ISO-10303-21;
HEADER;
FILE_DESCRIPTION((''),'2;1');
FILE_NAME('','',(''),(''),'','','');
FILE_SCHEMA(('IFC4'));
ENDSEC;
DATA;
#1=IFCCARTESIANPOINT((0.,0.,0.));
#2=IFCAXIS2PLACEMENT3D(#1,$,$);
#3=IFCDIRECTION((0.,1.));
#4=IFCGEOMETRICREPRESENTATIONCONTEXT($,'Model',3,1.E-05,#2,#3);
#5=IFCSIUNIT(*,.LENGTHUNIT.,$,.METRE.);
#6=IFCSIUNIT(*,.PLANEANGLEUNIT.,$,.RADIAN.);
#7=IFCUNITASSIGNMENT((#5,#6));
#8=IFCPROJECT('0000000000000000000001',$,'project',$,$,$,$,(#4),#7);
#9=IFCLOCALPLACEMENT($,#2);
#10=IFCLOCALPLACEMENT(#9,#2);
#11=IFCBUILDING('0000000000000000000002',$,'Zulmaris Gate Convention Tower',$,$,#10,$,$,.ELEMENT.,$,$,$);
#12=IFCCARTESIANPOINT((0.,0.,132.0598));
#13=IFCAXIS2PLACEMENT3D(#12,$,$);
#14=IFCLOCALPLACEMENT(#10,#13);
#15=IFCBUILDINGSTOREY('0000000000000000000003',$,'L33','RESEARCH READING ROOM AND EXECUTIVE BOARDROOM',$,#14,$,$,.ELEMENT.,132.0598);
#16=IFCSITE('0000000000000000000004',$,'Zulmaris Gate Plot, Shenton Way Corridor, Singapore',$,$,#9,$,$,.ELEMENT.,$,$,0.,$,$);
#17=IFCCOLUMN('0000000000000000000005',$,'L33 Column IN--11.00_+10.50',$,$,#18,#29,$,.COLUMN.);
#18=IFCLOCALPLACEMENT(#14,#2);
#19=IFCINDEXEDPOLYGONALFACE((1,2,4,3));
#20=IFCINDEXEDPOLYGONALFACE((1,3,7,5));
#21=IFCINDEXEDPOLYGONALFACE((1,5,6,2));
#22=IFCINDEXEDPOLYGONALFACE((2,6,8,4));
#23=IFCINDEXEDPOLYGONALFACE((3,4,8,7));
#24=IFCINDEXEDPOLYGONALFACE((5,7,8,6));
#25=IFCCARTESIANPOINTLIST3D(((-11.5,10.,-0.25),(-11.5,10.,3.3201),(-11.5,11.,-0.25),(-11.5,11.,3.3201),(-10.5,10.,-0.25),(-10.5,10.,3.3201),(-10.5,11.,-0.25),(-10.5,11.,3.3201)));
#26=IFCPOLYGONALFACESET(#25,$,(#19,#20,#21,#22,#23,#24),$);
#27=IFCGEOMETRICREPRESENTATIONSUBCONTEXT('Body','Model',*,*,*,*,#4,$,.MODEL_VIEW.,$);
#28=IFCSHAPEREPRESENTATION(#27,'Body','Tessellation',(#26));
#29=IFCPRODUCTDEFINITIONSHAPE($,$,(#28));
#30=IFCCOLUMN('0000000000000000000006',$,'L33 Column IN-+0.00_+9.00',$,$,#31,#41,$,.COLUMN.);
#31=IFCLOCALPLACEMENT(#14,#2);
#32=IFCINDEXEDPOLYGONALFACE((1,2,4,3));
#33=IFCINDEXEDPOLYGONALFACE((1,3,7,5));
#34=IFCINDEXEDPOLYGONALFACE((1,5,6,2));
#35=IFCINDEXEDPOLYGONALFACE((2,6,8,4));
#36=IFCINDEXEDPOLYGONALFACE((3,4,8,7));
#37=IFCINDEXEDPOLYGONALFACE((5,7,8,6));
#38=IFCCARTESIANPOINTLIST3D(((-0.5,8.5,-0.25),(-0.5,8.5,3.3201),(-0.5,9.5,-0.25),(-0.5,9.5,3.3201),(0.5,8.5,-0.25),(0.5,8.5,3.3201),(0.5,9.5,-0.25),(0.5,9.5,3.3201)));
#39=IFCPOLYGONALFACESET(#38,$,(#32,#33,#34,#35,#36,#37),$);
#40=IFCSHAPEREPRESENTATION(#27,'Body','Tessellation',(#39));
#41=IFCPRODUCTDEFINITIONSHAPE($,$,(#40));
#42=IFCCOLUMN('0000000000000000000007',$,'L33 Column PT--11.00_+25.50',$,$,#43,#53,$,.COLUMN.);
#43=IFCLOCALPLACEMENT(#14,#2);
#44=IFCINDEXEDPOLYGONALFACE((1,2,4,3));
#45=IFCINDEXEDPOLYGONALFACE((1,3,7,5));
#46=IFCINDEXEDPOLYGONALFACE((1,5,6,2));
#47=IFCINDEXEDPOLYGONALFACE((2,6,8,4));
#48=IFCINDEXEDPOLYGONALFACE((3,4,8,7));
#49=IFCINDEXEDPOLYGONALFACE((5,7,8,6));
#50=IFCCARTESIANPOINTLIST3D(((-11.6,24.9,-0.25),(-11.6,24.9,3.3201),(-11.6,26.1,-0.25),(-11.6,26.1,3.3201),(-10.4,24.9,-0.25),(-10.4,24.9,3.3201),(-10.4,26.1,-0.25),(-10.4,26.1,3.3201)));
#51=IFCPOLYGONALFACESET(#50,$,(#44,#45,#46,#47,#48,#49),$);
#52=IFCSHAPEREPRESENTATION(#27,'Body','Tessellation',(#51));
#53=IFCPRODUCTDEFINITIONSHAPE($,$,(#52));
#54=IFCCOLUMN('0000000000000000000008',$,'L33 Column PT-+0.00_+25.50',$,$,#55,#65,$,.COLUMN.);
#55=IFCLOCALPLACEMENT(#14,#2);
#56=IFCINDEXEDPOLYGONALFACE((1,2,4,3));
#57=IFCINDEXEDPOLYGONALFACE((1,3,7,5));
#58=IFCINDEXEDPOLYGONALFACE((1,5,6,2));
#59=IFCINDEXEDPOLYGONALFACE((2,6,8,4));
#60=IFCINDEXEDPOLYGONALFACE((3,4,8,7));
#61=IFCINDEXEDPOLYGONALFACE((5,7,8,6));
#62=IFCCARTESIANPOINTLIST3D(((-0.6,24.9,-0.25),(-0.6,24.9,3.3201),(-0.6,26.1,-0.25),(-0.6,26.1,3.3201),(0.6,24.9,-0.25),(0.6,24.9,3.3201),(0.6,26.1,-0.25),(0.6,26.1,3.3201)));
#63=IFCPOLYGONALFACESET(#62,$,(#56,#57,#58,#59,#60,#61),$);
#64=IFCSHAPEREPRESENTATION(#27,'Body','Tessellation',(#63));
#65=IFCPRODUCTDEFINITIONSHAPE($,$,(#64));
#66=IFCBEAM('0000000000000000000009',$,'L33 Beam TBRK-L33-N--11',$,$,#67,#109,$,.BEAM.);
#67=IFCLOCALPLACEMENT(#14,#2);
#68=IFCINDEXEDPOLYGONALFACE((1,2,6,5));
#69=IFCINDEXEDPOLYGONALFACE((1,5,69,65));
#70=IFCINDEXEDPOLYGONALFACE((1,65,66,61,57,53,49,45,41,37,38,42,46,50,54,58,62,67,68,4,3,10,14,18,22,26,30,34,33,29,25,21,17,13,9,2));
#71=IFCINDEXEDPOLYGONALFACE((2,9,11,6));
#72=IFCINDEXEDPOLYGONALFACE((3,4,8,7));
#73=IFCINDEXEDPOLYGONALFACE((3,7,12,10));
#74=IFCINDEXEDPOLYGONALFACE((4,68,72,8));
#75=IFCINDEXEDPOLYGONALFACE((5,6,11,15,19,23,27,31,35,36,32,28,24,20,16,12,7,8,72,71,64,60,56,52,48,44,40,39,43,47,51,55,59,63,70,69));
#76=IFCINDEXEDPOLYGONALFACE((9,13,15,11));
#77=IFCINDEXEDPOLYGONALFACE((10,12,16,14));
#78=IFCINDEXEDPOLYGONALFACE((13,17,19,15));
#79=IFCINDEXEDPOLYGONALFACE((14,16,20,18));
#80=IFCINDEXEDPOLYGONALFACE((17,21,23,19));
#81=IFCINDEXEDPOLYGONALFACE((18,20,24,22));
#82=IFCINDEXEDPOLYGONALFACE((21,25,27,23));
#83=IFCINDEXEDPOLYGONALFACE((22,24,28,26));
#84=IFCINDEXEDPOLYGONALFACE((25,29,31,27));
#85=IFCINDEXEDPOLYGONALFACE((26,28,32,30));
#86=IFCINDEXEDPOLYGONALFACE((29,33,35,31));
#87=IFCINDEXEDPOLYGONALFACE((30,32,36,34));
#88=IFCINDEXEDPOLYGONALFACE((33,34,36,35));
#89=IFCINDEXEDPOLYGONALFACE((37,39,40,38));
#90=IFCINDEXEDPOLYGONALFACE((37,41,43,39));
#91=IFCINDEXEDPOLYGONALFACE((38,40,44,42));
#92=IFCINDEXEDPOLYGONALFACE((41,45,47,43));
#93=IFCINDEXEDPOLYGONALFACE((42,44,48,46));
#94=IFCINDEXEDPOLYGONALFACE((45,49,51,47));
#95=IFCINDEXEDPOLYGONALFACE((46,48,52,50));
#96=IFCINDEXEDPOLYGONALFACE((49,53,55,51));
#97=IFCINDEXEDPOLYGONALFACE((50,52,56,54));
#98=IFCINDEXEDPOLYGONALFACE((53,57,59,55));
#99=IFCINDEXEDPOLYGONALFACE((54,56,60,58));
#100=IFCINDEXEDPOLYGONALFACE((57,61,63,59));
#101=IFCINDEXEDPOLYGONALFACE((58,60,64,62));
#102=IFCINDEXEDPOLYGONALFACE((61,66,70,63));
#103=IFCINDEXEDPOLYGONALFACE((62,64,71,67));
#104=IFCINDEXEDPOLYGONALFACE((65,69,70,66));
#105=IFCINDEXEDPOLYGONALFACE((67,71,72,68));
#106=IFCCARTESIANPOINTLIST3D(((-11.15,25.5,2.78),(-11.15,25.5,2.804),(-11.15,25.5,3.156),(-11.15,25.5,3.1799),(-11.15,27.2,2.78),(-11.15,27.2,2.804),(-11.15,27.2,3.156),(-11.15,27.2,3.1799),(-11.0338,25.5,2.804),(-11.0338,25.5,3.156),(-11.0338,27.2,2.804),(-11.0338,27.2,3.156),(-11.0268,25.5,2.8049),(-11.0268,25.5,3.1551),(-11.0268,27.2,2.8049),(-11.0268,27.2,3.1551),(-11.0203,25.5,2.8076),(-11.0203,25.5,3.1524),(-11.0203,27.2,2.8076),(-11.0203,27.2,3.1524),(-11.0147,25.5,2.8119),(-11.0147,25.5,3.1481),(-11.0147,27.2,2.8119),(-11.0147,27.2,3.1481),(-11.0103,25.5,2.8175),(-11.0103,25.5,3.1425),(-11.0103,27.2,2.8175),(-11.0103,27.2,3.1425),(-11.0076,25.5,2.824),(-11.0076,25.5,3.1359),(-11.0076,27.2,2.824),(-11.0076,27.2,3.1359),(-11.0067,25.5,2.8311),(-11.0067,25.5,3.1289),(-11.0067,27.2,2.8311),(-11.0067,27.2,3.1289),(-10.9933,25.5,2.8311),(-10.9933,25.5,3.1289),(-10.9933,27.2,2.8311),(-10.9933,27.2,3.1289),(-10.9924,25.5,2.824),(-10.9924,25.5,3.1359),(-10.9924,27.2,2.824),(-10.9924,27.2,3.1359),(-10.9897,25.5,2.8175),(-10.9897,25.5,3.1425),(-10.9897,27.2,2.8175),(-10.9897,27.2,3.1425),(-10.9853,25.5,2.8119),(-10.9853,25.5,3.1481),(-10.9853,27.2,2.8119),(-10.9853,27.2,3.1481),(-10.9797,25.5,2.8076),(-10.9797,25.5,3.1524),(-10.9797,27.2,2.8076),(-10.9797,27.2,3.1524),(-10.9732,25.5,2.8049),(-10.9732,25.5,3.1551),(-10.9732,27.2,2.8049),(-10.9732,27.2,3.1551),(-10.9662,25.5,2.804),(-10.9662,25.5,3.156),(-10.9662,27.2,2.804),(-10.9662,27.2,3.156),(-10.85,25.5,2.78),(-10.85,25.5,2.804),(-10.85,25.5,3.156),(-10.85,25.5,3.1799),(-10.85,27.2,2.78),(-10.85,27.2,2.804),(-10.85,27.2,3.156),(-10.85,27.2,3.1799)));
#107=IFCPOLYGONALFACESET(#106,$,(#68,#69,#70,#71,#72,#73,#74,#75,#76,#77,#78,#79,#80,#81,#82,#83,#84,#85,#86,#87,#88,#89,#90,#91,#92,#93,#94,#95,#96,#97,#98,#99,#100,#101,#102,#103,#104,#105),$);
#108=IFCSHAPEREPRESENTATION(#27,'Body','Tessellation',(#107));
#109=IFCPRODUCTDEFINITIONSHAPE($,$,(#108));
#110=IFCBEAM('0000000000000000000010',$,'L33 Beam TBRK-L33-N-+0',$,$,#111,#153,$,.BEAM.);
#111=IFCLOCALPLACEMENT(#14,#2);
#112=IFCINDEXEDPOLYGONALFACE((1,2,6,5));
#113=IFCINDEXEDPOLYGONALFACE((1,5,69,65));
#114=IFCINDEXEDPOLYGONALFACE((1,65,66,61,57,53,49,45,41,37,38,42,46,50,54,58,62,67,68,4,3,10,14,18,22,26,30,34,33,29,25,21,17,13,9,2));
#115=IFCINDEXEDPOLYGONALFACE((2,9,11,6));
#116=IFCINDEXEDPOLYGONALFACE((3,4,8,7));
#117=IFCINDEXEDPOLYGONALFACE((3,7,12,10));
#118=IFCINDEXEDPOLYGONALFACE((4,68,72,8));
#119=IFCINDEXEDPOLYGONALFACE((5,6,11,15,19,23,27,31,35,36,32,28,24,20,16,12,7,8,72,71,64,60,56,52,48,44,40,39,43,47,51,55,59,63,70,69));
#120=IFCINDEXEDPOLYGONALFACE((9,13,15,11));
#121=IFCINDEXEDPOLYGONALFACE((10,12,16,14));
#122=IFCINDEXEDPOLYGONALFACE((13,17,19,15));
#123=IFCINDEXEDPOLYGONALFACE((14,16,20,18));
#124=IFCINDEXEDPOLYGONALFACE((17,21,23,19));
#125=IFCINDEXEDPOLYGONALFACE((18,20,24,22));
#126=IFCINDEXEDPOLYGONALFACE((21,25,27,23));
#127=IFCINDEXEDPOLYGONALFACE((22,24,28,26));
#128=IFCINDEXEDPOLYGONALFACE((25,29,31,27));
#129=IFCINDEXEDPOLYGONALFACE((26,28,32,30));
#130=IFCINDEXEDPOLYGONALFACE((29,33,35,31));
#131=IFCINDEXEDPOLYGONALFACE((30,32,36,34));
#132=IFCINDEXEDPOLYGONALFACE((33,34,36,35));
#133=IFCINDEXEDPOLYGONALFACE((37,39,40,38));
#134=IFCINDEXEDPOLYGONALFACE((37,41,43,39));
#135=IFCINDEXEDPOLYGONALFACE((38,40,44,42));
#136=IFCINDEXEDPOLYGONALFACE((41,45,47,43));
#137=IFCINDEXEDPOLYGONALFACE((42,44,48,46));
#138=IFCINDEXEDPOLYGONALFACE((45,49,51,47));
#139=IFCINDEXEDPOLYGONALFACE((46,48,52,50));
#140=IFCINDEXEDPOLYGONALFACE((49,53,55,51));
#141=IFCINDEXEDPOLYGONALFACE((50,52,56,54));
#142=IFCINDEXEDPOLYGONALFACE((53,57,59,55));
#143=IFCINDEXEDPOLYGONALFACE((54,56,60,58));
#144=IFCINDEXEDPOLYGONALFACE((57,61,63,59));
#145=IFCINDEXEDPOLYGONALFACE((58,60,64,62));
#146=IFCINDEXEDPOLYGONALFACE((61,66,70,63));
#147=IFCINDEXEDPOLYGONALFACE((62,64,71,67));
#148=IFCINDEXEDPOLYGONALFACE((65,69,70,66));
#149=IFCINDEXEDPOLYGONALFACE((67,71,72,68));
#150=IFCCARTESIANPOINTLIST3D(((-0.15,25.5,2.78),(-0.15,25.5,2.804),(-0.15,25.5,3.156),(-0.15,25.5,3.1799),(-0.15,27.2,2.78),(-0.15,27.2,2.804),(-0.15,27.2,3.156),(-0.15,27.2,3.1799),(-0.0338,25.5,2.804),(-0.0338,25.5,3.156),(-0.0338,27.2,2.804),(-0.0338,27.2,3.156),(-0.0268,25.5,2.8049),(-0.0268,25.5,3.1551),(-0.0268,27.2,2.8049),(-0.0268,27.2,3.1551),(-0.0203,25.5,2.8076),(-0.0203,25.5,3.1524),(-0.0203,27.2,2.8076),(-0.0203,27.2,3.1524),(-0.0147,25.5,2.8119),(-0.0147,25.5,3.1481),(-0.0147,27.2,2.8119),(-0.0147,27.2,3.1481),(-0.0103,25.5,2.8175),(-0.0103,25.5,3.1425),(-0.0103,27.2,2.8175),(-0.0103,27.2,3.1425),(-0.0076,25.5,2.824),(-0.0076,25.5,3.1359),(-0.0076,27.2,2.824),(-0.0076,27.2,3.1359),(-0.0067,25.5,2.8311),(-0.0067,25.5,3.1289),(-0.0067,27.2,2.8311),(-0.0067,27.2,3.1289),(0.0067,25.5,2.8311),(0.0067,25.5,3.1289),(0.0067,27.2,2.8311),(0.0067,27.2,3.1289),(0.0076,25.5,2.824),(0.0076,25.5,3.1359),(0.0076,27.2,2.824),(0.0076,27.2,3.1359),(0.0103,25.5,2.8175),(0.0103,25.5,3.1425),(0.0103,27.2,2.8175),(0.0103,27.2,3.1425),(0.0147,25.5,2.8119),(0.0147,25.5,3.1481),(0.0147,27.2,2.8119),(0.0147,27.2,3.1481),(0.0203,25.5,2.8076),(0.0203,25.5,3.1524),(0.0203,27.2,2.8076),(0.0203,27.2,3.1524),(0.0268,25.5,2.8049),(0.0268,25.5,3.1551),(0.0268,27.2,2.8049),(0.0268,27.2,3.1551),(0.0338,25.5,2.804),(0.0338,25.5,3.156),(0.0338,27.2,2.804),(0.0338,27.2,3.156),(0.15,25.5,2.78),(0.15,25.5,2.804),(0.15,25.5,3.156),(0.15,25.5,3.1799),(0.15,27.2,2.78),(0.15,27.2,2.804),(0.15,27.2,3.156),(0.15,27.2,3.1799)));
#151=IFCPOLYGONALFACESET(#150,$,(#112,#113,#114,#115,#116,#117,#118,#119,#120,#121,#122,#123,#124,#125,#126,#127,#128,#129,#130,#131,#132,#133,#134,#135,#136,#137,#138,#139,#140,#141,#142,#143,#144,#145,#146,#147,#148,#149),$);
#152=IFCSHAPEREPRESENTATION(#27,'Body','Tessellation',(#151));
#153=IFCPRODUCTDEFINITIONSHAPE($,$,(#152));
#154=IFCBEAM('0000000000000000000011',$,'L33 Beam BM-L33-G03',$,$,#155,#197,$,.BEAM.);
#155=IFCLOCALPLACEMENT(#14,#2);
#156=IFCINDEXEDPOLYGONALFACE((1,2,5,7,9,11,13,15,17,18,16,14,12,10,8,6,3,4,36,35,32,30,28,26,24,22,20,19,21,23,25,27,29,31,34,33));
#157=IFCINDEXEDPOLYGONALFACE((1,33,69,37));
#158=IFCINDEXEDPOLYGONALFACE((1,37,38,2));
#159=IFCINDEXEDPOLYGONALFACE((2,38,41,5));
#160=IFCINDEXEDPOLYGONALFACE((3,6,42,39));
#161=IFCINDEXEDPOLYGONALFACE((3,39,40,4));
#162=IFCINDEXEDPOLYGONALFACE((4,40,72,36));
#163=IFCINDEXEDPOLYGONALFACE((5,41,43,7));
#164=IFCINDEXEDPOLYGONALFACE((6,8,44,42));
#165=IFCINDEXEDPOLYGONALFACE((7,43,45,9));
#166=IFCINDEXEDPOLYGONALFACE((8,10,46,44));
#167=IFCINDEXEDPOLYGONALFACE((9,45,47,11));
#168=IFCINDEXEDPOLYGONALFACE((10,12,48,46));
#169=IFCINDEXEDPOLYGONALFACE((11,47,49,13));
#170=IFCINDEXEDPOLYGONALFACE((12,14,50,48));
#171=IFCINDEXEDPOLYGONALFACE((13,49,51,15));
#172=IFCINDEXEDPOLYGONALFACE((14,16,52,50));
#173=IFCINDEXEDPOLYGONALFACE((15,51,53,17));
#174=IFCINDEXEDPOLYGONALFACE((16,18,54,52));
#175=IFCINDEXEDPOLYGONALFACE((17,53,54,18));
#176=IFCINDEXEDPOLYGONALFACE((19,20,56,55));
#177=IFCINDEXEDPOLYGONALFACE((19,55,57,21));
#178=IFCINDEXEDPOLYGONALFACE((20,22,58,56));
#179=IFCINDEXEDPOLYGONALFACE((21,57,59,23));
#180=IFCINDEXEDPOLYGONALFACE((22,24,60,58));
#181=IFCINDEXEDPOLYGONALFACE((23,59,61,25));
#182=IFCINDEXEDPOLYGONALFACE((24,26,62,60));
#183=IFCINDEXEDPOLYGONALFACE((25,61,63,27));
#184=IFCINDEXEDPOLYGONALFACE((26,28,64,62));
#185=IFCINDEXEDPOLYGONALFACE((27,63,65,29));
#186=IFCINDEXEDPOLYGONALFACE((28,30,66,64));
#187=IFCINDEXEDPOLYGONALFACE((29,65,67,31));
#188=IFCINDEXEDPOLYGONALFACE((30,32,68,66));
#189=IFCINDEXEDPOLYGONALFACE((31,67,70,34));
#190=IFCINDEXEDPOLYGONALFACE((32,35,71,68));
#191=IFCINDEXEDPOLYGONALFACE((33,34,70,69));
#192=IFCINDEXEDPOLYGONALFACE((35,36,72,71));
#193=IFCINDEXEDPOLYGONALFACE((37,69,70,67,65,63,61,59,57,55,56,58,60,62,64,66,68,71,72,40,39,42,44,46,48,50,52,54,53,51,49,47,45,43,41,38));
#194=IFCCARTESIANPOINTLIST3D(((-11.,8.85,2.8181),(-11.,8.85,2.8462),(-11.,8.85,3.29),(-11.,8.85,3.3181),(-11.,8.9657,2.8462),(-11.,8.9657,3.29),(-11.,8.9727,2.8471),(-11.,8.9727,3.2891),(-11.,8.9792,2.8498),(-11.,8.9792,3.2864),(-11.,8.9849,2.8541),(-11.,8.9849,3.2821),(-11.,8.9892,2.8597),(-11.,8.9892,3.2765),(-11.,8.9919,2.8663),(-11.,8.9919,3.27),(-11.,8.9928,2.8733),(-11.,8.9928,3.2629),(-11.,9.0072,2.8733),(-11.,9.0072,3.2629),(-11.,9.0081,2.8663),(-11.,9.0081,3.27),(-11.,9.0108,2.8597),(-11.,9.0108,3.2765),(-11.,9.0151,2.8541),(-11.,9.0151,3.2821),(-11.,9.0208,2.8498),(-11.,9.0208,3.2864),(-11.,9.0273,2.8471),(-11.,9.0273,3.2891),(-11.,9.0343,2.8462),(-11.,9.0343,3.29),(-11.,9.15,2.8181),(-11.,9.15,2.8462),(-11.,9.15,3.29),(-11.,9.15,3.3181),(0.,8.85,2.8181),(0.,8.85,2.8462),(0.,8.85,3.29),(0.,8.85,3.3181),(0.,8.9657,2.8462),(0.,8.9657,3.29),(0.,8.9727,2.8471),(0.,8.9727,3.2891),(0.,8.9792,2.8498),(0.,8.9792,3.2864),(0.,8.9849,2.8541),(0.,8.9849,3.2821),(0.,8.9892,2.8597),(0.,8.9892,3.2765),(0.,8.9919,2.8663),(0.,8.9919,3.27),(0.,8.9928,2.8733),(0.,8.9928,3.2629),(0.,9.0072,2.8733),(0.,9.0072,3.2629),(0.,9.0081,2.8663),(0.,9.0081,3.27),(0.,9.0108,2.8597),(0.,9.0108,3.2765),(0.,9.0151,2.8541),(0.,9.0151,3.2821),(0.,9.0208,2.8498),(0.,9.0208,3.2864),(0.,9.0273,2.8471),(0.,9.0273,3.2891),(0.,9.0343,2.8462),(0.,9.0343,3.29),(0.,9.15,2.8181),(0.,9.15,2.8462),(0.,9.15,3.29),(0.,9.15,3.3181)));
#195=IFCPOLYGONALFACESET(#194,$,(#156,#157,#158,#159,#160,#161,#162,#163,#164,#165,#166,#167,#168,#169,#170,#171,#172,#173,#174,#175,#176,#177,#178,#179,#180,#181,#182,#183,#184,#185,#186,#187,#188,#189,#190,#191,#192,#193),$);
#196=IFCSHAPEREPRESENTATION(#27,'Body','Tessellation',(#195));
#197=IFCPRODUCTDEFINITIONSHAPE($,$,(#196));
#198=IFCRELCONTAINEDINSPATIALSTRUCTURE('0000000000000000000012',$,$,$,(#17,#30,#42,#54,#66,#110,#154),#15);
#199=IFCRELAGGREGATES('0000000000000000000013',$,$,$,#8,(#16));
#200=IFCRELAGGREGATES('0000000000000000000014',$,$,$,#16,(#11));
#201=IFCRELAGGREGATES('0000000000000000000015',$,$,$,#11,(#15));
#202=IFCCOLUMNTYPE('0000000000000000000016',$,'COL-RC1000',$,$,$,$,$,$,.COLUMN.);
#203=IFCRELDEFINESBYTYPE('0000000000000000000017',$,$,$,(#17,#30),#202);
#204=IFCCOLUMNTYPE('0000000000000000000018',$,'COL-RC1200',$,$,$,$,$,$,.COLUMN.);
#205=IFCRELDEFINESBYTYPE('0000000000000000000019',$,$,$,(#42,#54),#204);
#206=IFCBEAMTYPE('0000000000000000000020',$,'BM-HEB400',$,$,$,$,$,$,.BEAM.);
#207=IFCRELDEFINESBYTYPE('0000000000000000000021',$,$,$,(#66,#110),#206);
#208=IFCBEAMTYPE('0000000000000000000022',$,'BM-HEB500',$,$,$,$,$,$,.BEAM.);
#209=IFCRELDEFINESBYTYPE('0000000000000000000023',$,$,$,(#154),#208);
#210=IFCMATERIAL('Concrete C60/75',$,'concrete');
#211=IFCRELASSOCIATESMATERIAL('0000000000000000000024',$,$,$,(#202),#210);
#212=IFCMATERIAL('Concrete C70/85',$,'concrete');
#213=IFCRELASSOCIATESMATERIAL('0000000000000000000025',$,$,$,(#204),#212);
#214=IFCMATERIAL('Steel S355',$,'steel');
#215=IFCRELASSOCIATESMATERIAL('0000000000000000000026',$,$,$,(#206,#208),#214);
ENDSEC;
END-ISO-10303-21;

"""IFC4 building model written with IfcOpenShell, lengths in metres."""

from ifc_helpers import new_model, si_unit, direction, frame, origin, origin_2d, place, context, subcontext, project, spatial, rectangle, i_section, extrude, material, material_profile, profile_set, type_object, element, save


model = new_model("IFC4")

# Units and contexts
model_context = context("Model", 3, precision=1e-05, world=origin(), true_north=direction((0.0, 1.0)))
body_context = subcontext(model_context, "Body", "Model", "MODEL_VIEW")
ifc_project = project(units=[si_unit("LENGTHUNIT", "METRE"), si_unit("PLANEANGLEUNIT", "RADIAN")], contexts=[model_context])

# Site, building, storey
site_placement = place(None, origin())
site = spatial("IfcSite", under=ifc_project, at=site_placement, Name="Zulmaris Gate Plot, Shenton Way Corridor, Singapore", CompositionType="ELEMENT", RefElevation=0.0)
building_placement = place(site_placement, origin())
building = spatial("IfcBuilding", under=site, at=building_placement, Name="Zulmaris Gate Convention Tower", CompositionType="ELEMENT")
storey_placement = place(building_placement, frame((0.0, 0.0, 132.0598)))
storey = spatial("IfcBuildingStorey", under=building, at=storey_placement, Name="L33", Description="RESEARCH READING ROOM AND EXECUTIVE BOARDROOM", CompositionType="ELEMENT", Elevation=132.0598)

# Columns
ifc_material_1 = material(Name="Concrete C60/75", Category="concrete")
ifc_material_profile_1 = material_profile(ifc_material_1, rectangle(XDim=1.0, YDim=1.0, at=origin_2d()), Name="RC COL 1000x1000")
ifc_profile_set_1 = profile_set([ifc_material_profile_1], Name="Concrete C60/75")
column_type_1 = type_object("IfcColumnType", Name="COL-RC1000", PredefinedType="COLUMN", material=ifc_profile_set_1)
for number, where, z_axis, x_axis, name in (
    (1, (-11.0, 10.5, -0.25), (0.0, 0.0, 1.0), (1.0, 0.0, 0.0), "L33 Column IN--11.00_+10.50"),
    (2, (0.0, 9.0, -0.25), (0.0, 0.0, 1.0), (1.0, 0.0, 0.0), "L33 Column IN-+0.00_+9.00"),
):
    element("IfcColumn", number, at=place(storey_placement, frame(where, z_axis=z_axis, x_axis=x_axis)), inside=storey, type_object=column_type_1, Name=name, PredefinedType="COLUMN", context=body_context, shape_type="SweptSolid", body=[
        extrude(rectangle(XDim=1.0, YDim=1.0, at=origin_2d()), origin(), (0.0, 0.0, 1.0), 3.5701),
    ])
ifc_material_2 = material(Name="Concrete C70/85", Category="concrete")
ifc_material_profile_2 = material_profile(ifc_material_2, rectangle(XDim=1.2, YDim=1.2, at=origin_2d()), Name="RC COL 1200x1200")
ifc_profile_set_2 = profile_set([ifc_material_profile_2], Name="Concrete C70/85")
column_type_2 = type_object("IfcColumnType", Name="COL-RC1200", PredefinedType="COLUMN", material=ifc_profile_set_2)
for number, where, z_axis, x_axis, name in (
    (3, (-11.0, 25.5, -0.25), (0.0, 0.0, 1.0), (1.0, 0.0, 0.0), "L33 Column PT--11.00_+25.50"),
    (4, (0.0, 25.5, -0.25), (0.0, 0.0, 1.0), (1.0, 0.0, 0.0), "L33 Column PT-+0.00_+25.50"),
):
    element("IfcColumn", number, at=place(storey_placement, frame(where, z_axis=z_axis, x_axis=x_axis)), inside=storey, type_object=column_type_2, Name=name, PredefinedType="COLUMN", context=body_context, shape_type="SweptSolid", body=[
        extrude(rectangle(XDim=1.2, YDim=1.2, at=origin_2d()), origin(), (0.0, 0.0, 1.0), 3.5701),
    ])

# Beams
ifc_material_3 = material(Name="Steel S355", Category="steel")
ifc_material_profile_3 = material_profile(ifc_material_3, i_section(OverallWidth=0.3, OverallDepth=0.3999, WebThickness=0.0134, FlangeThickness=0.0239, FilletRadius=0.0271, at=origin_2d()), Name="HEB 400")
ifc_profile_set_3 = profile_set([ifc_material_profile_3], Name="Steel S355")
beam_type_1 = type_object("IfcBeamType", Name="BM-HEB400", PredefinedType="BEAM", material=ifc_profile_set_3)
for number, where, z_axis, x_axis, name in (
    (5, (-11.0, 25.5, 2.98), (0.0, 1.0, 0.0), (-1.0, 0.0, 0.0), "L33 Beam TBRK-L33-N--11"),
    (6, (0.0, 25.5, 2.98), (0.0, 1.0, 0.0), (-1.0, 0.0, 0.0), "L33 Beam TBRK-L33-N-+0"),
):
    element("IfcBeam", number, at=place(storey_placement, frame(where, z_axis=z_axis, x_axis=x_axis)), inside=storey, type_object=beam_type_1, Name=name, PredefinedType="BEAM", context=body_context, shape_type="SweptSolid", body=[
        extrude(i_section(OverallWidth=0.3, OverallDepth=0.3999, WebThickness=0.0134, FlangeThickness=0.0239, FilletRadius=0.0271, at=origin_2d()), origin(), (0.0, 0.0, 1.0), 1.7),
    ])
ifc_material_profile_4 = material_profile(ifc_material_3, i_section(OverallWidth=0.3, OverallDepth=0.5, WebThickness=0.0144, FlangeThickness=0.0281, FilletRadius=0.0271, at=origin_2d()), Name="HEB 500")
ifc_profile_set_4 = profile_set([ifc_material_profile_4], Name="Steel S355")
beam_type_2 = type_object("IfcBeamType", Name="BM-HEB500", PredefinedType="BEAM", material=ifc_profile_set_4)
for number, where, z_axis, x_axis, name in (
    (7, (-11.0, 9.0, 3.0681), (1.0, 0.0, 0.0), (0.0, 1.0, 0.0), "L33 Beam BM-L33-G03"),
):
    element("IfcBeam", number, at=place(storey_placement, frame(where, z_axis=z_axis, x_axis=x_axis)), inside=storey, type_object=beam_type_2, Name=name, PredefinedType="BEAM", context=body_context, shape_type="SweptSolid", body=[
        extrude(i_section(OverallWidth=0.3, OverallDepth=0.5, WebThickness=0.0144, FlangeThickness=0.0281, FilletRadius=0.0271, at=origin_2d()), origin(), (0.0, 0.0, 1.0), 11.0),
    ])

save(model, "model.ifc")
